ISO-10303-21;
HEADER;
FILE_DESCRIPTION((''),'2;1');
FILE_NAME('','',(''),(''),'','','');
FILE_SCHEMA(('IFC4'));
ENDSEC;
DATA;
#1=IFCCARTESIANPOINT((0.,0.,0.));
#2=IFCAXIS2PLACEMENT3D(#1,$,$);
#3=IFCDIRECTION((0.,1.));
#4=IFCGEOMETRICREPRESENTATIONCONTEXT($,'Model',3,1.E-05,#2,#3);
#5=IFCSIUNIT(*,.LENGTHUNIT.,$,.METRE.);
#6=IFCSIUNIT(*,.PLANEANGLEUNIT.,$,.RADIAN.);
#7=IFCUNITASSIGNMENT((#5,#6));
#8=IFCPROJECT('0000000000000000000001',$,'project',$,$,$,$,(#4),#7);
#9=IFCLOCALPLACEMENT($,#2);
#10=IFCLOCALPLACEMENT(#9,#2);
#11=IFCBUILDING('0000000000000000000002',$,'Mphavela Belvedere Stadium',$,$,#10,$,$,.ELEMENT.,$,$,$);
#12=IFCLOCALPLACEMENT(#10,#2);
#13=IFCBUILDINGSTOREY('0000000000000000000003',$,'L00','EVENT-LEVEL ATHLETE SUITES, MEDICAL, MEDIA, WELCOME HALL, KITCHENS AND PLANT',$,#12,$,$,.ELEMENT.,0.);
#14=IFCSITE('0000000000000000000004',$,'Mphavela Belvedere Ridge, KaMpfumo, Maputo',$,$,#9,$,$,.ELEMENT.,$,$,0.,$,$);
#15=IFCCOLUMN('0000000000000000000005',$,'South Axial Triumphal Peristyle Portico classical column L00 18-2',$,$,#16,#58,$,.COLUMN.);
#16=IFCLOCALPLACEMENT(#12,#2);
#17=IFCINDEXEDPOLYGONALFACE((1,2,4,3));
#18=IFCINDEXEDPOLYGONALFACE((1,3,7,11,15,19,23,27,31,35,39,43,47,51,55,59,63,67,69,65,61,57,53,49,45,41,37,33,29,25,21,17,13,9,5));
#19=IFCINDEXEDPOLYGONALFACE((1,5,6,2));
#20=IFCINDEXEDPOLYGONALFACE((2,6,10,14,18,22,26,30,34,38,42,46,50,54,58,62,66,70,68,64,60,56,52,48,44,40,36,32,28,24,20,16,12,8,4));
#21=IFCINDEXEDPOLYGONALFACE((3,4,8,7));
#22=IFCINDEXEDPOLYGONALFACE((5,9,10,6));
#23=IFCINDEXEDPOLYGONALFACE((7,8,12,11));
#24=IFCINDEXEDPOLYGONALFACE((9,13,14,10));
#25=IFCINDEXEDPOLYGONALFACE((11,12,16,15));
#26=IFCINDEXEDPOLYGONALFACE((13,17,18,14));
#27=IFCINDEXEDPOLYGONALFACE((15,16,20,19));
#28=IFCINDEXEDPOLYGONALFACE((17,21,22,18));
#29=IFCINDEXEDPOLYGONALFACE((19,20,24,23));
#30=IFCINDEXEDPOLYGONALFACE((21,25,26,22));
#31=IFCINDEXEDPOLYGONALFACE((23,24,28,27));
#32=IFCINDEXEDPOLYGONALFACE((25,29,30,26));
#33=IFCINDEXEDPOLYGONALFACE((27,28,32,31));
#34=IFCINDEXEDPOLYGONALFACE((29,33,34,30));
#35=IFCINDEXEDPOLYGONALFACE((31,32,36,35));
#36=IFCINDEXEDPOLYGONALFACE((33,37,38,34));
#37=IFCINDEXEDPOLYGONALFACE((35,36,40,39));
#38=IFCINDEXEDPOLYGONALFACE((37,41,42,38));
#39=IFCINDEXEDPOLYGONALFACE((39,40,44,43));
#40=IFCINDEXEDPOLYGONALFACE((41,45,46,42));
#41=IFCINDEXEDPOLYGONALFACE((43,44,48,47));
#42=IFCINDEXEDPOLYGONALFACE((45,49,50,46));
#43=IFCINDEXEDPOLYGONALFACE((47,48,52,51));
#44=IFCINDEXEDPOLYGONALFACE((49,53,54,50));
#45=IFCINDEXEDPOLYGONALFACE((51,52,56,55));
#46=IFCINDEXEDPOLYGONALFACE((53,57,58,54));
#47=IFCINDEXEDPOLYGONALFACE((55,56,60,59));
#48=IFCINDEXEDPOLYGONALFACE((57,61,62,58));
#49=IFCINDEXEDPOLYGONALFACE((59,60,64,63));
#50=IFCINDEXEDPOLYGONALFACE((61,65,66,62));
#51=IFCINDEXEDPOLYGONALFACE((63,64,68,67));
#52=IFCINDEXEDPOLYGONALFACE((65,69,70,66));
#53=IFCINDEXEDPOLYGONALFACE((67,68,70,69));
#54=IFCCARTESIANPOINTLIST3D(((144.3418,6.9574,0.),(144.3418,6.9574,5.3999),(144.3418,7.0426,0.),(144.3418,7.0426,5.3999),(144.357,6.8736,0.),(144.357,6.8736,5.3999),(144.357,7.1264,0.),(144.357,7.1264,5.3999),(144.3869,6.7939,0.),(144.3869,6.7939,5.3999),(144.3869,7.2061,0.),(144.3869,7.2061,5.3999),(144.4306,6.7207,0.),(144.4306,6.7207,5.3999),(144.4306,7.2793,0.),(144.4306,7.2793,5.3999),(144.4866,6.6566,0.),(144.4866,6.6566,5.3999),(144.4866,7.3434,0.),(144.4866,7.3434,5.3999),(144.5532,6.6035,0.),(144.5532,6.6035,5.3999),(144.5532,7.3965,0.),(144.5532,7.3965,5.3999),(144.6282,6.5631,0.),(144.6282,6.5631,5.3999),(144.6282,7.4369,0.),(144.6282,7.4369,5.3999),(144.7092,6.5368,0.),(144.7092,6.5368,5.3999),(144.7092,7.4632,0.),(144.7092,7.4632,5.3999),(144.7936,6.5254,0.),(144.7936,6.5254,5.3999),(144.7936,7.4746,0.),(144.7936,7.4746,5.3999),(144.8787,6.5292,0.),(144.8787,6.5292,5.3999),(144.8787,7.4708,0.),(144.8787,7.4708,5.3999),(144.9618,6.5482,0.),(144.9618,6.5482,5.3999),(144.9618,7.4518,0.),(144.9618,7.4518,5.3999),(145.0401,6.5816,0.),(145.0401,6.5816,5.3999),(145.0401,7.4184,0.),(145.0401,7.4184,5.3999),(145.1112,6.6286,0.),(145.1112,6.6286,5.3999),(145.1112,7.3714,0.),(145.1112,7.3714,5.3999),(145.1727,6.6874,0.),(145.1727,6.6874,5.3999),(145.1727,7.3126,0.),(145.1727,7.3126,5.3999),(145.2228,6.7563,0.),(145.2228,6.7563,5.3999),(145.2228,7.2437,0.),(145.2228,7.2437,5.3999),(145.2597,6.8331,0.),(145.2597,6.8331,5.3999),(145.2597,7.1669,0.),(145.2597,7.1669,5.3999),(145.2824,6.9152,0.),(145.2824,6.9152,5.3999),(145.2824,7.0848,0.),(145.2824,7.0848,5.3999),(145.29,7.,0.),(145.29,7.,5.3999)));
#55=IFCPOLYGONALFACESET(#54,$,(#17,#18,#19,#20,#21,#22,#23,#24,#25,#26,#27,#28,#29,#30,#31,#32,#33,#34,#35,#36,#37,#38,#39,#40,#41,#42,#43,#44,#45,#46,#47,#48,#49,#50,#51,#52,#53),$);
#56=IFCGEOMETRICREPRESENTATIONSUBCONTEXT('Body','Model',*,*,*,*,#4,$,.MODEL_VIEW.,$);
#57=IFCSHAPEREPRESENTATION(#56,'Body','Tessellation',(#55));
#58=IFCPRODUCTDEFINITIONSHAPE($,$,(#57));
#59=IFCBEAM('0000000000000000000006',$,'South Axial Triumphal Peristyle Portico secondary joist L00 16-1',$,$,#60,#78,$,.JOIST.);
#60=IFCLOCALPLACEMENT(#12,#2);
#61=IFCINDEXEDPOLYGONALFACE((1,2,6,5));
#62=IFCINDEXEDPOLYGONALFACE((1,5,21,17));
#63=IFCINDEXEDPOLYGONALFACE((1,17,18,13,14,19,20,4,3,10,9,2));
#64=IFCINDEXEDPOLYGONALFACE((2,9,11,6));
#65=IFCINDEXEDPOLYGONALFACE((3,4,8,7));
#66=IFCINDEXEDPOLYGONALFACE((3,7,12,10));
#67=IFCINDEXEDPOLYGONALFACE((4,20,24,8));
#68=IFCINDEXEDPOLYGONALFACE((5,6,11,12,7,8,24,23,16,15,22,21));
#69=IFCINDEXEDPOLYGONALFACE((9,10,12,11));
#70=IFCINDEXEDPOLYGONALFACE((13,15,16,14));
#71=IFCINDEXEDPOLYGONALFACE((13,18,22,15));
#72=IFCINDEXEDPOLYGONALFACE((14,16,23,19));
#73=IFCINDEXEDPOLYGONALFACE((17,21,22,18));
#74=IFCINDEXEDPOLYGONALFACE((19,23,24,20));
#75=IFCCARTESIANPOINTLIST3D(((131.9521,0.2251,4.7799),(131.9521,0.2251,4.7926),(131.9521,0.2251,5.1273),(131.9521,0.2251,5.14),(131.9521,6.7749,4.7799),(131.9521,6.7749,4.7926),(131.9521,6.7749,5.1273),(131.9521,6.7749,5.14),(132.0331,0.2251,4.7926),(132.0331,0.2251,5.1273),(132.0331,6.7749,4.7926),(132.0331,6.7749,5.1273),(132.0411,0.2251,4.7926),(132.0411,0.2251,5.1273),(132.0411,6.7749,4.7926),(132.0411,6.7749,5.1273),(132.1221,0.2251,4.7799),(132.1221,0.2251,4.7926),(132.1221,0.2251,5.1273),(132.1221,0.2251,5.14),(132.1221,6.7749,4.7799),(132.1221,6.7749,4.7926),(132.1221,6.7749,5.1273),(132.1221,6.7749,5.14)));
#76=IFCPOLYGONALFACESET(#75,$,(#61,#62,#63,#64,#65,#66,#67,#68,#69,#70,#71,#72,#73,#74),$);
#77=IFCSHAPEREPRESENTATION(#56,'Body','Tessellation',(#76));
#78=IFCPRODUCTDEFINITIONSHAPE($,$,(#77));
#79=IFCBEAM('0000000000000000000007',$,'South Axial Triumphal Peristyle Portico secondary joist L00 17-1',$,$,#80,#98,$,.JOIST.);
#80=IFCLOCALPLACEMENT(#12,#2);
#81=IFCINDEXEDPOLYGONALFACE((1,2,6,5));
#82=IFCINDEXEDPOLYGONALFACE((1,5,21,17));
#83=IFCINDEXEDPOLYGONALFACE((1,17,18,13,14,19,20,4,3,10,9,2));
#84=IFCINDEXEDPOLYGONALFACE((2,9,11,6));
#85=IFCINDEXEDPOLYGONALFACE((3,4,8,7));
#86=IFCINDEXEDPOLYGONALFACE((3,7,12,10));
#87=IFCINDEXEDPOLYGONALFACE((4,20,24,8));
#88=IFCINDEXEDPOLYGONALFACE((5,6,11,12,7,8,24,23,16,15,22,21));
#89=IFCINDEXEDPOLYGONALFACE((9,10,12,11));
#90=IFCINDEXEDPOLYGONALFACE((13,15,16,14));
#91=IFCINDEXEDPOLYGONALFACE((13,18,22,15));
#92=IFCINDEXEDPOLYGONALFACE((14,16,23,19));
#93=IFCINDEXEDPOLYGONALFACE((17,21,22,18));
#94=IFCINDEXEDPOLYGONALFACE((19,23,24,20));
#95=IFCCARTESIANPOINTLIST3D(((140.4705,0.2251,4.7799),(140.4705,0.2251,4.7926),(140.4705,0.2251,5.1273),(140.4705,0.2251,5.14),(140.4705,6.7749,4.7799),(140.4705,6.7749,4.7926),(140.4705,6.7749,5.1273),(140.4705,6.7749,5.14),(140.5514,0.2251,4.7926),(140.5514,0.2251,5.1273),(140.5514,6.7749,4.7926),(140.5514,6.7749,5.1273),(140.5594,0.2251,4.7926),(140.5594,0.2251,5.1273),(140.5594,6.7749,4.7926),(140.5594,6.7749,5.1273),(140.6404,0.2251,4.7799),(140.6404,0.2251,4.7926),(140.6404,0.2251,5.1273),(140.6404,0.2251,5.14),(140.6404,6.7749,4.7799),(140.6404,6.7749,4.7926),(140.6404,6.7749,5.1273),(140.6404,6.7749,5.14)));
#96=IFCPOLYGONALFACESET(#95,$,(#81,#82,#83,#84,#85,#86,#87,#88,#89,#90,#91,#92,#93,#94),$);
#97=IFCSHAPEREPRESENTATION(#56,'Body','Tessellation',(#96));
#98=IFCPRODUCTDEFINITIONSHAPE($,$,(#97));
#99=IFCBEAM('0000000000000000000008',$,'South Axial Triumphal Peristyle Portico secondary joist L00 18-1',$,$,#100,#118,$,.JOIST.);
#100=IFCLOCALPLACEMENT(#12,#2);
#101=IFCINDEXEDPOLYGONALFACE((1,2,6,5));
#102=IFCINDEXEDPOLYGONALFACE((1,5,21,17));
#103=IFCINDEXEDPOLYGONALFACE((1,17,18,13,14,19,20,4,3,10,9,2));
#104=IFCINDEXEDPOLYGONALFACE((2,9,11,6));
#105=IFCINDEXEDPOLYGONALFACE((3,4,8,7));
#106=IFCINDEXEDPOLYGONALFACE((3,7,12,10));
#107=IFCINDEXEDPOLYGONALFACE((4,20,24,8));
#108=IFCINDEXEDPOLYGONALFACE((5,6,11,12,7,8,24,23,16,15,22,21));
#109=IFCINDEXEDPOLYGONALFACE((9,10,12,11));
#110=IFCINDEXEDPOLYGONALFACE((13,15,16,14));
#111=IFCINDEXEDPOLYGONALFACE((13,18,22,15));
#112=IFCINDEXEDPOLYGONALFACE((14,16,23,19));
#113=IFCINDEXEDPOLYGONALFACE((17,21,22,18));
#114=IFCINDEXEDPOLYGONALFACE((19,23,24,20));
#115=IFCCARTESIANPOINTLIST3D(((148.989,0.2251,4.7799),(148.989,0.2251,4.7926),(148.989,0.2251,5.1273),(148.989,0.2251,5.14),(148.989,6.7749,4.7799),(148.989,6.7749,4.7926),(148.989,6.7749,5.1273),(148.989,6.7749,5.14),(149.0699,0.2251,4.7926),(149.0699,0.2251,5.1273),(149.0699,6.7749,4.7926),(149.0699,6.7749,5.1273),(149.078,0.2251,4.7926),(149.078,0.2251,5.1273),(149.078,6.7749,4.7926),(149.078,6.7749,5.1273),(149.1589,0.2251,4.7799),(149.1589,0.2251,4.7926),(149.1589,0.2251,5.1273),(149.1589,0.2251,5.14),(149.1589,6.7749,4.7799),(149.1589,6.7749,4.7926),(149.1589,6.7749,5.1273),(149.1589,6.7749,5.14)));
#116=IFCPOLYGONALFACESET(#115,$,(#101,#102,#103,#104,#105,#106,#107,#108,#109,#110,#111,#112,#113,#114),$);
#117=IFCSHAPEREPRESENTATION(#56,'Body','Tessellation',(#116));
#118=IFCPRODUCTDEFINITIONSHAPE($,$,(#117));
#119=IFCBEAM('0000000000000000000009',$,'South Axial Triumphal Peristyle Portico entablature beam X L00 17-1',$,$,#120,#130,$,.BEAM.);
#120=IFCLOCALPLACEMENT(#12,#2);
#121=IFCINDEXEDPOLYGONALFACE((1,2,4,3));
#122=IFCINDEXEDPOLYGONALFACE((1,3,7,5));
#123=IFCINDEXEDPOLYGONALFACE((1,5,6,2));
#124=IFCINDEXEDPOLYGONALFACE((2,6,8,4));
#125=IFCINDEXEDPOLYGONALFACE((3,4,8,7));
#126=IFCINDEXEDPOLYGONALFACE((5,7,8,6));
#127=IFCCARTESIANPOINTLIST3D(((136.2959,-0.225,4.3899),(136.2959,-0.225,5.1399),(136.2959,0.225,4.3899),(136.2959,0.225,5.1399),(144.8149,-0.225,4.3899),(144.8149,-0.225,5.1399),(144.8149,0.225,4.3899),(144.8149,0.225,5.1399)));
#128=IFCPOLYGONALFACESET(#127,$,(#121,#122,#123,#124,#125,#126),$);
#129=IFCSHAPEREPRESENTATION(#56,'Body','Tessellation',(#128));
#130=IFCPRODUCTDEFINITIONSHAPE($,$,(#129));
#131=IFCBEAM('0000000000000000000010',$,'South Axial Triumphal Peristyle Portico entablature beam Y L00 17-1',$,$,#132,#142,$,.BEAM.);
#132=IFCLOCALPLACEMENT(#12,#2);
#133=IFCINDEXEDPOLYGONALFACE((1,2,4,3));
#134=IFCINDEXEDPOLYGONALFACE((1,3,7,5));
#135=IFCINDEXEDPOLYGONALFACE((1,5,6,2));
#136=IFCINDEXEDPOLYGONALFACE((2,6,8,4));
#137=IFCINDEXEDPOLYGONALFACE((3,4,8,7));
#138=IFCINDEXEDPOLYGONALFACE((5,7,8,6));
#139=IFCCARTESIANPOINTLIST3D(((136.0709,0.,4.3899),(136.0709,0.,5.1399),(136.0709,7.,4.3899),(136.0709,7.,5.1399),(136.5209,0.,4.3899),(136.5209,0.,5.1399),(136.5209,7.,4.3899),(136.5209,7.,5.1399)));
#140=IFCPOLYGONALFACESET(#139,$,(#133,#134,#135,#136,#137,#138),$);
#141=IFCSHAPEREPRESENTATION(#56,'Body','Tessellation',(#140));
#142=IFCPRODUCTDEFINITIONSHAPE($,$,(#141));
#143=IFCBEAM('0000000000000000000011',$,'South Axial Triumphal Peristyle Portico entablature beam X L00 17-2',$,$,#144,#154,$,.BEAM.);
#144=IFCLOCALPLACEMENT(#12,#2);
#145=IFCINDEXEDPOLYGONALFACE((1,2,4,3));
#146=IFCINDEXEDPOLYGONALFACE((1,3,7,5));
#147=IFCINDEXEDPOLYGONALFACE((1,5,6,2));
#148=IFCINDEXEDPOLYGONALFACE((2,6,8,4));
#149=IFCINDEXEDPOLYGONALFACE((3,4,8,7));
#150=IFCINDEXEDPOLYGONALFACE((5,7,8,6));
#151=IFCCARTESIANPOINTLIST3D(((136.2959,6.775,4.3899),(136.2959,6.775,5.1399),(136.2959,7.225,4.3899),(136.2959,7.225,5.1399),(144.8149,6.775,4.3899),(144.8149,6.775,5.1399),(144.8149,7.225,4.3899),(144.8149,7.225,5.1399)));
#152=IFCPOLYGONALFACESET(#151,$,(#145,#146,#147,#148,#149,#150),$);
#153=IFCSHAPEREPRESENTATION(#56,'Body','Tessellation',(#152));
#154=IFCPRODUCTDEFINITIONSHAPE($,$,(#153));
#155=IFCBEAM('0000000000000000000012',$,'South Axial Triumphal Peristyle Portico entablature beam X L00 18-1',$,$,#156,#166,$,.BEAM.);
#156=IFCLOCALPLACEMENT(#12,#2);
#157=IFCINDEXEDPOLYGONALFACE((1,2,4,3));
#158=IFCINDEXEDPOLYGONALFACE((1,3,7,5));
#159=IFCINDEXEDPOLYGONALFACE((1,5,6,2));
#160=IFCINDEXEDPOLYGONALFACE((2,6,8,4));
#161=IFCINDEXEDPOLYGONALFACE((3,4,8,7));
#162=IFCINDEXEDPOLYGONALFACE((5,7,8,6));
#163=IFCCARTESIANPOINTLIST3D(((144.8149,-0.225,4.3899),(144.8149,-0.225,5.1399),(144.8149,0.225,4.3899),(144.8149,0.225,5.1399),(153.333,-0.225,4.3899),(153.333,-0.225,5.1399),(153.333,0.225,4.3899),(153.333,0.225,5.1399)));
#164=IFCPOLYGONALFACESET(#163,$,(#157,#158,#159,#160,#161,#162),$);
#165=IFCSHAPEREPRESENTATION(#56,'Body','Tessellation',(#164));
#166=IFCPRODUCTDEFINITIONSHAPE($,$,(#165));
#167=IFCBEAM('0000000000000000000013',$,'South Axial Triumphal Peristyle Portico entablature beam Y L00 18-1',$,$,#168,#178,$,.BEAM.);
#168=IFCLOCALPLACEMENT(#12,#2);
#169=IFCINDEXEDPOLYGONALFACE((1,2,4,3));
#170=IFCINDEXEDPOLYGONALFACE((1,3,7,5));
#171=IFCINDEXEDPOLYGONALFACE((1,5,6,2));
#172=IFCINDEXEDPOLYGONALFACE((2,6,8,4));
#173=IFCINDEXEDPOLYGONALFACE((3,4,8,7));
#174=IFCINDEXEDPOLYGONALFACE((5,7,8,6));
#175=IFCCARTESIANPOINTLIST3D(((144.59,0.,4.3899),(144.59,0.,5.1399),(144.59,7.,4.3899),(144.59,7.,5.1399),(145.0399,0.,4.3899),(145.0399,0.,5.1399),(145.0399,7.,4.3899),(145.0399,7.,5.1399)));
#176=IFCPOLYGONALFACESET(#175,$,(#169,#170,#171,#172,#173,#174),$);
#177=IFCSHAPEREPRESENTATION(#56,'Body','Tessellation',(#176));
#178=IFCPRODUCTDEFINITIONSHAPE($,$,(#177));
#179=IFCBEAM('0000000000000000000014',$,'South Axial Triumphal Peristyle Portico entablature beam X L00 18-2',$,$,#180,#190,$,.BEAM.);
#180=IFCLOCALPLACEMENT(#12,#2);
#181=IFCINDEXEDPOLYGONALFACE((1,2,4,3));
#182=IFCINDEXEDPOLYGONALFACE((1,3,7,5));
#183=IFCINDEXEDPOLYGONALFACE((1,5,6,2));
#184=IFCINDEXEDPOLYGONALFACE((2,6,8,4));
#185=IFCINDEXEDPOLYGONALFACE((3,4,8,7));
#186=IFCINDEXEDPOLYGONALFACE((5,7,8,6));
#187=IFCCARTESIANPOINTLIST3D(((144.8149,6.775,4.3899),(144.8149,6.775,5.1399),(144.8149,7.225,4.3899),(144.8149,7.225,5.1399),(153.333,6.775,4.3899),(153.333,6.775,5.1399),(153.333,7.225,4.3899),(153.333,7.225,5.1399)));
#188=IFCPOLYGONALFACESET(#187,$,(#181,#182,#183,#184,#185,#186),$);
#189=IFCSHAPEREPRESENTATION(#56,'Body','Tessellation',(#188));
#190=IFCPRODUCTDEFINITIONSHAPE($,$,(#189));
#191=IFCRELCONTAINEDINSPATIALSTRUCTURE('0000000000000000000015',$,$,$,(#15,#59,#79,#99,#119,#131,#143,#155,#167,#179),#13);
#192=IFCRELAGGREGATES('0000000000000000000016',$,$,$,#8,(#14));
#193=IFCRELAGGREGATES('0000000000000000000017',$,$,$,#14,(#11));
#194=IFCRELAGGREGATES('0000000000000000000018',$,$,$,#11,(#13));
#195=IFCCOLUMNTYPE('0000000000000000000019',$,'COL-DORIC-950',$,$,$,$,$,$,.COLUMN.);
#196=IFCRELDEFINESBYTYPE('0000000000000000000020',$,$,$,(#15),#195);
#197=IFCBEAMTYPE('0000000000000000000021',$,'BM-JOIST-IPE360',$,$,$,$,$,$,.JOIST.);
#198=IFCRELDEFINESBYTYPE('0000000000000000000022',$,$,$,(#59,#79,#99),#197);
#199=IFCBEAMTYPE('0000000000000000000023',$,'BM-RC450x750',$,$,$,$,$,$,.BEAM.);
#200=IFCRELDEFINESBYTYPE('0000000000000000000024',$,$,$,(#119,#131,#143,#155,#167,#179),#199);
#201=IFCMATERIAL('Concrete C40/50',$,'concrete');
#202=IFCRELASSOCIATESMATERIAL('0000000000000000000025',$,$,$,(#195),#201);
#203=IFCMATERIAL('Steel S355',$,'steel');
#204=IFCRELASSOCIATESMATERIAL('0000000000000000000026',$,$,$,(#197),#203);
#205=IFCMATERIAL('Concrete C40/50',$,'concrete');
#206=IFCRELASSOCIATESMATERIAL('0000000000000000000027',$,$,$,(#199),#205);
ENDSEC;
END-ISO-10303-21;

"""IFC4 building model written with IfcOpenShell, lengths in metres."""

from ifc_helpers import new_model, si_unit, direction, frame, origin, origin_2d, place, context, subcontext, project, spatial, rectangle, circle, i_section, extrude, material, material_profile, profile_set, type_object, element, save


model = new_model("IFC4")

# Units and contexts
model_context = context("Model", 3, precision=1e-05, world=origin(), true_north=direction((0.0, 1.0)))
body_context = subcontext(model_context, "Body", "Model", "MODEL_VIEW")
ifc_project = project(units=[si_unit("LENGTHUNIT", "METRE"), si_unit("PLANEANGLEUNIT", "RADIAN")], contexts=[model_context])

# Site, building, storey
site_placement = place(None, origin())
site = spatial("IfcSite", under=ifc_project, at=site_placement, Name="Mphavela Belvedere Ridge, KaMpfumo, Maputo", CompositionType="ELEMENT", RefElevation=0.0)
building_placement = place(site_placement, origin())
building = spatial("IfcBuilding", under=site, at=building_placement, Name="Mphavela Belvedere Stadium", CompositionType="ELEMENT")
storey_placement = place(building_placement, origin())
storey = spatial("IfcBuildingStorey", under=building, at=storey_placement, Name="L00", Description="EVENT-LEVEL ATHLETE SUITES, MEDICAL, MEDIA, WELCOME HALL, KITCHENS AND PLANT", CompositionType="ELEMENT", Elevation=0.0)

# Column
ifc_material_1 = material(Name="Concrete C40/50", Category="concrete")
ifc_material_profile_1 = material_profile(ifc_material_1, circle(Radius=0.4751, at=origin_2d()), Name="COL D950")
ifc_profile_set_1 = profile_set([ifc_material_profile_1], Name="Concrete C40/50")
column_type = type_object("IfcColumnType", Name="COL-DORIC-950", PredefinedType="COLUMN", material=ifc_profile_set_1)
for number, where, z_axis, x_axis, name in (
    (1, (144.8149, 7.0, 0.0), (0.0, 0.0, 1.0), (1.0, 0.0, 0.0), "South Axial Triumphal Peristyle Portico classical column L00 18-2"),
):
    element("IfcColumn", number, at=place(storey_placement, frame(where, z_axis=z_axis, x_axis=x_axis)), inside=storey, type_object=column_type, Name=name, PredefinedType="COLUMN", context=body_context, shape_type="SweptSolid", body=[
        extrude(circle(Radius=0.4751, at=origin_2d()), origin(), (0.0, 0.0, 1.0), 5.3999),
    ])

# Beams
ifc_material_2 = material(Name="Steel S355", Category="steel")
ifc_material_profile_2 = material_profile(ifc_material_2, i_section(OverallWidth=0.1699, OverallDepth=0.3601, WebThickness=0.0081, FlangeThickness=0.0127, at=origin_2d()), Name="IPE 360")
ifc_profile_set_2 = profile_set([ifc_material_profile_2], Name="Steel S355")
beam_type_1 = type_object("IfcBeamType", Name="BM-JOIST-IPE360", PredefinedType="JOIST", material=ifc_profile_set_2)
for number, where, z_axis, x_axis, name in (
    (2, (132.0371, 0.2251, 4.96), (0.0, 1.0, 0.0), (-1.0, 0.0, 0.0), "South Axial Triumphal Peristyle Portico secondary joist L00 16-1"),
    (3, (140.5554, 0.2251, 4.96), (0.0, 1.0, 0.0), (-1.0, 0.0, 0.0), "South Axial Triumphal Peristyle Portico secondary joist L00 17-1"),
    (4, (149.074, 0.2251, 4.96), (0.0, 1.0, 0.0), (-1.0, 0.0, 0.0), "South Axial Triumphal Peristyle Portico secondary joist L00 18-1"),
):
    element("IfcBeam", number, at=place(storey_placement, frame(where, z_axis=z_axis, x_axis=x_axis)), inside=storey, type_object=beam_type_1, Name=name, PredefinedType="JOIST", context=body_context, shape_type="SweptSolid", body=[
        extrude(i_section(OverallWidth=0.1699, OverallDepth=0.3601, WebThickness=0.0081, FlangeThickness=0.0127, at=origin_2d()), origin(), (0.0, 0.0, 1.0), 6.5498),
    ])
ifc_material_3 = material(Name="Concrete C40/50", Category="concrete")
ifc_material_profile_3 = material_profile(ifc_material_3, rectangle(XDim=0.45, YDim=0.75, at=origin_2d()), Name="RC 450x750")
ifc_profile_set_3 = profile_set([ifc_material_profile_3], Name="Concrete C40/50")
beam_type_2 = type_object("IfcBeamType", Name="BM-RC450x750", PredefinedType="BEAM", material=ifc_profile_set_3)
beam_1_placement = place(storey_placement, frame((136.2959, 0.0, 4.7649), z_axis=(1.0, 0.0, 0.0), x_axis=(0.0, 1.0, 0.0)))
element("IfcBeam", 5, at=beam_1_placement, inside=storey, type_object=beam_type_2, Name="South Axial Triumphal Peristyle Portico entablature beam X L00 17-1", PredefinedType="BEAM", context=body_context, shape_type="SweptSolid", body=[
    extrude(rectangle(XDim=0.45, YDim=0.75, at=origin_2d()), origin(), (0.0, 0.0, 1.0), 8.519),
])
beam_2_placement = place(storey_placement, frame((136.2959, 0.0, 4.7649), z_axis=(0.0, 1.0, 0.0), x_axis=(-1.0, 0.0, 0.0)))
element("IfcBeam", 6, at=beam_2_placement, inside=storey, type_object=beam_type_2, Name="South Axial Triumphal Peristyle Portico entablature beam Y L00 17-1", PredefinedType="BEAM", context=body_context, shape_type="SweptSolid", body=[
    extrude(rectangle(XDim=0.45, YDim=0.75, at=origin_2d()), origin(), (0.0, 0.0, 1.0), 7.0),
])
beam_3_placement = place(storey_placement, frame((136.2959, 7.0, 4.7649), z_axis=(1.0, 0.0, 0.0), x_axis=(0.0, 1.0, 0.0)))
element("IfcBeam", 7, at=beam_3_placement, inside=storey, type_object=beam_type_2, Name="South Axial Triumphal Peristyle Portico entablature beam X L00 17-2", PredefinedType="BEAM", context=body_context, shape_type="SweptSolid", body=[
    extrude(rectangle(XDim=0.45, YDim=0.75, at=origin_2d()), origin(), (0.0, 0.0, 1.0), 8.519),
])
beam_4_placement = place(storey_placement, frame((144.8149, 0.0, 4.7649), z_axis=(1.0, 0.0, 0.0), x_axis=(0.0, 1.0, 0.0)))
element("IfcBeam", 8, at=beam_4_placement, inside=storey, type_object=beam_type_2, Name="South Axial Triumphal Peristyle Portico entablature beam X L00 18-1", PredefinedType="BEAM", context=body_context, shape_type="SweptSolid", body=[
    extrude(rectangle(XDim=0.45, YDim=0.75, at=origin_2d()), origin(), (0.0, 0.0, 1.0), 8.5181),
])
beam_5_placement = place(storey_placement, frame((144.8149, 0.0, 4.7649), z_axis=(0.0, 1.0, 0.0), x_axis=(-1.0, 0.0, 0.0)))
element("IfcBeam", 9, at=beam_5_placement, inside=storey, type_object=beam_type_2, Name="South Axial Triumphal Peristyle Portico entablature beam Y L00 18-1", PredefinedType="BEAM", context=body_context, shape_type="SweptSolid", body=[
    extrude(rectangle(XDim=0.45, YDim=0.75, at=origin_2d()), origin(), (0.0, 0.0, 1.0), 7.0),
])
beam_6_placement = place(storey_placement, frame((144.8149, 7.0, 4.7649), z_axis=(1.0, 0.0, 0.0), x_axis=(0.0, 1.0, 0.0)))
element("IfcBeam", 10, at=beam_6_placement, inside=storey, type_object=beam_type_2, Name="South Axial Triumphal Peristyle Portico entablature beam X L00 18-2", PredefinedType="BEAM", context=body_context, shape_type="SweptSolid", body=[
    extrude(rectangle(XDim=0.45, YDim=0.75, at=origin_2d()), origin(), (0.0, 0.0, 1.0), 8.5181),
])

save(model, "model.ifc")
